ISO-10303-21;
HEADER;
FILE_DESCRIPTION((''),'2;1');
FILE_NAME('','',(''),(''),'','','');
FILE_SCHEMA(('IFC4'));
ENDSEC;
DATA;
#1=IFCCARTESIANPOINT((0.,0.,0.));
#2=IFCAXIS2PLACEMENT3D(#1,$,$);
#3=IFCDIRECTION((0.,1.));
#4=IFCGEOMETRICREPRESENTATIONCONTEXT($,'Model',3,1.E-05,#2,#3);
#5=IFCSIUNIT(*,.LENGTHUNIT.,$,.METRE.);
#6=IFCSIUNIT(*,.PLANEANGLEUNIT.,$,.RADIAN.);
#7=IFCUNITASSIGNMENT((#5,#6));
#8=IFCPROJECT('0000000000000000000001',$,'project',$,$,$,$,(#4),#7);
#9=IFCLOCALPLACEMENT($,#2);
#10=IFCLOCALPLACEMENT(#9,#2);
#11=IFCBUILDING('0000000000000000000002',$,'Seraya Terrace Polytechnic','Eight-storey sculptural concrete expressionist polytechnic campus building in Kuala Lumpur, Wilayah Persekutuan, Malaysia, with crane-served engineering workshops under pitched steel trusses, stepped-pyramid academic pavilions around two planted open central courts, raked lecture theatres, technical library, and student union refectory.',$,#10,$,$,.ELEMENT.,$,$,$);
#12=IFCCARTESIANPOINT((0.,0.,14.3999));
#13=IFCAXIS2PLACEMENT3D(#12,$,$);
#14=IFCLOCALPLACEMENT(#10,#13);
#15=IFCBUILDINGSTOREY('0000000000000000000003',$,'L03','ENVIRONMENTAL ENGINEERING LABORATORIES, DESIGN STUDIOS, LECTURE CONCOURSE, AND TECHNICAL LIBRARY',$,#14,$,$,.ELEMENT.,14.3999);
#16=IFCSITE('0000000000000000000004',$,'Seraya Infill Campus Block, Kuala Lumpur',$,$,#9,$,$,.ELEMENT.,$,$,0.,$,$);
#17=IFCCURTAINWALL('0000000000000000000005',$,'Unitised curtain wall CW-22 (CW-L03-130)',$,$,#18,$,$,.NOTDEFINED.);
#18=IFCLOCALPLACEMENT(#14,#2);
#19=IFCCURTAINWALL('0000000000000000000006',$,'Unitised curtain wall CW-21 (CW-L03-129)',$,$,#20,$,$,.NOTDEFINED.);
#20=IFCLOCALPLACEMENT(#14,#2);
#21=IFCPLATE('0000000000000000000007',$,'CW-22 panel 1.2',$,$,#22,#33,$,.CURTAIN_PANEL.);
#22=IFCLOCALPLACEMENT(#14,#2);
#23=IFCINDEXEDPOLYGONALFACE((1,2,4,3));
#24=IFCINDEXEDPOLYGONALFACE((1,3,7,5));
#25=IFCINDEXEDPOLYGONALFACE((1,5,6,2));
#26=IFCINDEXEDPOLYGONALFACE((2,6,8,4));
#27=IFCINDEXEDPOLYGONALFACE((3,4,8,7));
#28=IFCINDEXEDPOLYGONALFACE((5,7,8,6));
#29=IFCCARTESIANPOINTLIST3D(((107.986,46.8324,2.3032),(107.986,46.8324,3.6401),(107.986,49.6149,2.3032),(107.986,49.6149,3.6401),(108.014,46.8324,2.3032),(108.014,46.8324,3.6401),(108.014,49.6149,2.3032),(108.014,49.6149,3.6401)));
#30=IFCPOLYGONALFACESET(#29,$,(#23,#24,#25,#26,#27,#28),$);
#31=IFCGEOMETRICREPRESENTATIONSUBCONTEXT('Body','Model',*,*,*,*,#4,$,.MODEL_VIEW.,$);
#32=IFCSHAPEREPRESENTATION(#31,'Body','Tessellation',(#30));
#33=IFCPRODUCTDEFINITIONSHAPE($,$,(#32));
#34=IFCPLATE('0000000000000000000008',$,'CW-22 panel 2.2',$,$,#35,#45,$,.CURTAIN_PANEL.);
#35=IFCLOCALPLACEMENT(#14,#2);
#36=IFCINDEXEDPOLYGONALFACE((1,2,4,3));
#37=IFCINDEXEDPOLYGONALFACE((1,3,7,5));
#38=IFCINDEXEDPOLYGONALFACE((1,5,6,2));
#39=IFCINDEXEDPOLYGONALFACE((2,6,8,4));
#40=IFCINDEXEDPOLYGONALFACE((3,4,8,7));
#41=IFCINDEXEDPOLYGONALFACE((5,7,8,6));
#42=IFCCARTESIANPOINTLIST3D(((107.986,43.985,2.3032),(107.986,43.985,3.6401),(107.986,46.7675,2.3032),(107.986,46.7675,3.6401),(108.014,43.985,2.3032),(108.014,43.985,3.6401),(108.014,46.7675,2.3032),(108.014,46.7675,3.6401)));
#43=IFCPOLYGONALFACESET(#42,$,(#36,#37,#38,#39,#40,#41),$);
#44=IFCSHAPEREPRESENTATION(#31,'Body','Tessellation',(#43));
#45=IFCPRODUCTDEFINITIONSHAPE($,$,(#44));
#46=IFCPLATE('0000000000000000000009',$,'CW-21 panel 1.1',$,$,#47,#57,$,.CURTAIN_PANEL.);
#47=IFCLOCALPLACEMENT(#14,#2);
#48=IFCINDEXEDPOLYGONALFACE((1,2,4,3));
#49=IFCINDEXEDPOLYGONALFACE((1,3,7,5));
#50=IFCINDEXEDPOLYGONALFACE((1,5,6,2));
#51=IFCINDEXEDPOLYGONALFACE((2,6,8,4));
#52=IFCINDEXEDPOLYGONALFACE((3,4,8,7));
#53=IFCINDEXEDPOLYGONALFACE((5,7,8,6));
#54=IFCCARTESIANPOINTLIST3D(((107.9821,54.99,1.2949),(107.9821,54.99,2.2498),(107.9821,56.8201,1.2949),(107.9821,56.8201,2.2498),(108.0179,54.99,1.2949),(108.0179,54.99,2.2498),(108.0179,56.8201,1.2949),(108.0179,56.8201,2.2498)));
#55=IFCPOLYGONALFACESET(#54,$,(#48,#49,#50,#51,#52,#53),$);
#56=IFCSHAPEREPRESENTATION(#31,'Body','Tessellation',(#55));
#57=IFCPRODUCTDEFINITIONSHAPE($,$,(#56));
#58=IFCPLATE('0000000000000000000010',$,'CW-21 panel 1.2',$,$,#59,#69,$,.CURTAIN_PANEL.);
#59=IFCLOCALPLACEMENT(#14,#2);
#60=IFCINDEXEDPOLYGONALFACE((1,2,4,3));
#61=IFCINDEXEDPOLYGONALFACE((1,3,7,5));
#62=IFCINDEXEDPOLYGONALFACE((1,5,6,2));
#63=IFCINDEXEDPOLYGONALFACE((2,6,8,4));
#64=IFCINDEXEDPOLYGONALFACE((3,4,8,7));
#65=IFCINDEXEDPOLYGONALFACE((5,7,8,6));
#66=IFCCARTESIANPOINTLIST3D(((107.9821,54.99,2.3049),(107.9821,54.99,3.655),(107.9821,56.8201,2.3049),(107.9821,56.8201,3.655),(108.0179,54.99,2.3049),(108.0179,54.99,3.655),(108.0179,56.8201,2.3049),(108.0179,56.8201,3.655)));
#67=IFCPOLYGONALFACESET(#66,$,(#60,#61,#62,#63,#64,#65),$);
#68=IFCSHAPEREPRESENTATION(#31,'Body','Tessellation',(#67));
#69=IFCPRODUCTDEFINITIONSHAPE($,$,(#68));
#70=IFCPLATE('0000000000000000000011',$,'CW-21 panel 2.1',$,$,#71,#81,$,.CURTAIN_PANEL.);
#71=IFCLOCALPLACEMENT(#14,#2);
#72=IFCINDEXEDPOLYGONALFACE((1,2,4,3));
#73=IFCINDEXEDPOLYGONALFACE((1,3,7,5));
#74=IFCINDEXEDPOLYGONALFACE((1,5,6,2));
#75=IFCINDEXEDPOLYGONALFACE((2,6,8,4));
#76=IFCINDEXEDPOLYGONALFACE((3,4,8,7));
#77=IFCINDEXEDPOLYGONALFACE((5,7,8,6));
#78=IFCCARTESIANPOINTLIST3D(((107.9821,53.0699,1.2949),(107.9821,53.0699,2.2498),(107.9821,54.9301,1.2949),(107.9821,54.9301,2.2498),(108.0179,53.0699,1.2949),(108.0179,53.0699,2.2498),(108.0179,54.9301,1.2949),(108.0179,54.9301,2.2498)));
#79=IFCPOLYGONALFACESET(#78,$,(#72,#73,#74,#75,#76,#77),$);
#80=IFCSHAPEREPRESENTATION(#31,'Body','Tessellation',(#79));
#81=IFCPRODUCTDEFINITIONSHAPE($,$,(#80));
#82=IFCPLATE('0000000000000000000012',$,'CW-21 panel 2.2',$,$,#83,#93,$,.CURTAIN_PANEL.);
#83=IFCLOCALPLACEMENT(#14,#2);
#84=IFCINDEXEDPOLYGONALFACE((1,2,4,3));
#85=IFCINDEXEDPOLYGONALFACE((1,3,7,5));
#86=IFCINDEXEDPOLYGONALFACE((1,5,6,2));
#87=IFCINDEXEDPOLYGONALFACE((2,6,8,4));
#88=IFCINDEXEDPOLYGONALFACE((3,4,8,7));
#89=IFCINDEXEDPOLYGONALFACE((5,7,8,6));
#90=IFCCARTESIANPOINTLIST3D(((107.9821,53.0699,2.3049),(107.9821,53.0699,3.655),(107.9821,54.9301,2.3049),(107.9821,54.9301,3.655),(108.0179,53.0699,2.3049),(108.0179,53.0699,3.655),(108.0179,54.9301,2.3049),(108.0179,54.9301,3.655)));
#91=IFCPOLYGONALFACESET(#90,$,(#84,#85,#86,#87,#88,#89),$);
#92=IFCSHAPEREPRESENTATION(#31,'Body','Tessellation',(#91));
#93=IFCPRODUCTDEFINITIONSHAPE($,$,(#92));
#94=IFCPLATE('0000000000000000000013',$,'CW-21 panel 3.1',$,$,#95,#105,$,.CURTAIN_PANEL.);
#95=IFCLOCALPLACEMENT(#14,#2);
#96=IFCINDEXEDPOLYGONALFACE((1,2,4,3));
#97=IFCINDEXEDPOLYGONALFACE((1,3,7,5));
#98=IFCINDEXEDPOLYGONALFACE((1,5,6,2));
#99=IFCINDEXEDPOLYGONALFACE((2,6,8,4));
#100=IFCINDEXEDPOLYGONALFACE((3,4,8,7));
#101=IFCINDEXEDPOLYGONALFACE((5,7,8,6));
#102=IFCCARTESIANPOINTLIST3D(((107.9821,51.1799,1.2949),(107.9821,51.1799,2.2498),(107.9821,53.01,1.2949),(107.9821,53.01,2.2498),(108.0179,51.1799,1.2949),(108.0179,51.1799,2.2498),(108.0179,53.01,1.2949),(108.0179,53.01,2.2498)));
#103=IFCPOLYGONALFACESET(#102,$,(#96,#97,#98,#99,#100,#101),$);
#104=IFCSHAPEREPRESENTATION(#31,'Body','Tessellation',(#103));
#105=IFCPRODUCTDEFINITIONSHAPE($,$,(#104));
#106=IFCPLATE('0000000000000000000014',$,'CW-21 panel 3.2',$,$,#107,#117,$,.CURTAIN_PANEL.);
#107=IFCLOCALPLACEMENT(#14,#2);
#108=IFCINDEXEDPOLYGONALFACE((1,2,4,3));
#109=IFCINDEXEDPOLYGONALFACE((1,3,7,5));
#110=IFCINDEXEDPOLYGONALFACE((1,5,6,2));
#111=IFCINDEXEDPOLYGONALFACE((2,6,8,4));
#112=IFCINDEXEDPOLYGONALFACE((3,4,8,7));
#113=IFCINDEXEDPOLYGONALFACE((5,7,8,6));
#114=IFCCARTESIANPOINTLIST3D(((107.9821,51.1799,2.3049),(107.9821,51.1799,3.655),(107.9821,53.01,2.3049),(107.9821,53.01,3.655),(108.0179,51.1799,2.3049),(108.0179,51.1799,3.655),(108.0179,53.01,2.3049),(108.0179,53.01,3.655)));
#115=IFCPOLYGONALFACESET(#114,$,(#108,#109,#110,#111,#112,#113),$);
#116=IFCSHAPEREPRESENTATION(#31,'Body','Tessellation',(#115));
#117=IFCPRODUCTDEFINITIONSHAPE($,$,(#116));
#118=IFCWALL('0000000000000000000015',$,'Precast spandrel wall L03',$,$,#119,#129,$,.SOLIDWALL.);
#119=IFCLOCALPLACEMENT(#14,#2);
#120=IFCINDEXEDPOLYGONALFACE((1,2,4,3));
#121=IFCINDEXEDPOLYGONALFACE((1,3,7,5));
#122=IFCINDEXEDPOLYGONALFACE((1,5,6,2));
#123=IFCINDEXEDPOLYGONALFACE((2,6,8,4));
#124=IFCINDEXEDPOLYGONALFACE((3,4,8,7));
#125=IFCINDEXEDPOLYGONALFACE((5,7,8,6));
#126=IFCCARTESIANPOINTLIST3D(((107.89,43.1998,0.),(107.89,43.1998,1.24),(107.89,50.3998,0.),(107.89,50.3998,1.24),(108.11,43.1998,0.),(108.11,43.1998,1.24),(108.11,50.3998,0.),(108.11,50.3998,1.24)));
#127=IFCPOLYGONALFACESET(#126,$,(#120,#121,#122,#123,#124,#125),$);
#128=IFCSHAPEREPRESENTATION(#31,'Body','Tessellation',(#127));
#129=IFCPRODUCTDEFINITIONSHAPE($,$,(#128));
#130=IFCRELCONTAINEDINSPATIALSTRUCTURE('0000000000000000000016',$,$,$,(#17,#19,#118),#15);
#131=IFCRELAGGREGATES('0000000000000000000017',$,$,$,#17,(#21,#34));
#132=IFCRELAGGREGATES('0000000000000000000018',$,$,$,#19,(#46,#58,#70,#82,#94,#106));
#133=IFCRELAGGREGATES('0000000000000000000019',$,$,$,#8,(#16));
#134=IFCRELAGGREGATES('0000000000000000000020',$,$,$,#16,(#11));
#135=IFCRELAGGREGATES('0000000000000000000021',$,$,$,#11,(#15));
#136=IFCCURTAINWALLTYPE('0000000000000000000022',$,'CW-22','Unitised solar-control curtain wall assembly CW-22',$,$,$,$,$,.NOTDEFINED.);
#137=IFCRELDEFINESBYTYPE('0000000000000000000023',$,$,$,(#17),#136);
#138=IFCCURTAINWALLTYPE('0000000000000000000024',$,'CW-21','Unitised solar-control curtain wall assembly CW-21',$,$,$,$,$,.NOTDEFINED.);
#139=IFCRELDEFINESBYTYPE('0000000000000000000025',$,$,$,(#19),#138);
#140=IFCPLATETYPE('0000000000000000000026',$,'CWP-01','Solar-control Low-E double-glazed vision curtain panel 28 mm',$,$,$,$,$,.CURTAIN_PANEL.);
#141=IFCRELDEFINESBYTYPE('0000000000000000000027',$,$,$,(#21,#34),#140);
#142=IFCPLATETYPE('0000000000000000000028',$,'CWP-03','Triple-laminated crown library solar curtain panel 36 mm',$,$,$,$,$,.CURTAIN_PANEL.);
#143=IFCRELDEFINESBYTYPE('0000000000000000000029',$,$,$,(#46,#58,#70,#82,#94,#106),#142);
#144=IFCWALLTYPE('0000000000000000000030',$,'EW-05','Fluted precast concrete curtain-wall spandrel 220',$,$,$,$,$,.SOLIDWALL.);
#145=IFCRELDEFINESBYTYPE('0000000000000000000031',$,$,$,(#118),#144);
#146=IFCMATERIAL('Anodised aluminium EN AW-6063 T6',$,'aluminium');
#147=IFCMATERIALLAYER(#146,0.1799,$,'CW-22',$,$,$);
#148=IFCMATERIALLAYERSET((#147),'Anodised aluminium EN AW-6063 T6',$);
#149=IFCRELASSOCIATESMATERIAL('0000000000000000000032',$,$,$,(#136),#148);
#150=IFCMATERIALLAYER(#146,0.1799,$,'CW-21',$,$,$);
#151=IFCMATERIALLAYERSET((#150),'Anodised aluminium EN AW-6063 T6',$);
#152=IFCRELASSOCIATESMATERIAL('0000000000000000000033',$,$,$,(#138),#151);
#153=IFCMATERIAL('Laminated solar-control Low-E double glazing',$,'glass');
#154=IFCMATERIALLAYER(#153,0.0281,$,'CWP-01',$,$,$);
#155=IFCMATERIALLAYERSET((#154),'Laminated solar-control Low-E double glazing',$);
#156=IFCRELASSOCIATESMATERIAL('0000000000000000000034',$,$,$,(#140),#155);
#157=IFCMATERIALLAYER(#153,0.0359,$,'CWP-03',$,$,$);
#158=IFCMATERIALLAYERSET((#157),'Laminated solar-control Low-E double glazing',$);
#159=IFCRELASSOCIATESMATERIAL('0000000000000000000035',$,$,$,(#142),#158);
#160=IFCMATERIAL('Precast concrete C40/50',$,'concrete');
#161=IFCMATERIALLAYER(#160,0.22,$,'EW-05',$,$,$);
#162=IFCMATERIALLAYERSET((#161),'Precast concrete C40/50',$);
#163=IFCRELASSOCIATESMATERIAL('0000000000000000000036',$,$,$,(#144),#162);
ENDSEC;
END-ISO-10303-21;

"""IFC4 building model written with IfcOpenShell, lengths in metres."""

from ifc_helpers import new_model, si_unit, direction, frame, frame_2d, origin, origin_2d, place, context, subcontext, project, spatial, rectangle, extrude, material, layer, layer_set, type_object, element, aggregate, save


model = new_model("IFC4")

# Units and contexts
model_context = context("Model", 3, precision=1e-05, world=origin(), true_north=direction((0.0, 1.0)))
body_context = subcontext(model_context, "Body", "Model", "MODEL_VIEW")
ifc_project = project(units=[si_unit("LENGTHUNIT", "METRE"), si_unit("PLANEANGLEUNIT", "RADIAN")], contexts=[model_context])

# Site, building, storey
site_placement = place(None, origin())
site = spatial("IfcSite", under=ifc_project, at=site_placement, Name="Seraya Infill Campus Block, Kuala Lumpur", CompositionType="ELEMENT", RefElevation=0.0)
building_placement = place(site_placement, origin())
building = spatial("IfcBuilding", under=site, at=building_placement, Name="Seraya Terrace Polytechnic", Description="Eight-storey sculptural concrete expressionist polytechnic campus building in Kuala Lumpur, Wilayah Persekutuan, Malaysia, with crane-served engineering workshops under pitched steel trusses, stepped-pyramid academic pavilions around two planted open central courts, raked lecture theatres, technical library, and student union refectory.", CompositionType="ELEMENT")
storey_placement = place(building_placement, frame((0.0, 0.0, 14.3999)))
storey = spatial("IfcBuildingStorey", under=building, at=storey_placement, Name="L03", Description="ENVIRONMENTAL ENGINEERING LABORATORIES, DESIGN STUDIOS, LECTURE CONCOURSE, AND TECHNICAL LIBRARY", CompositionType="ELEMENT", Elevation=14.3999)

# Curtain walls
ifc_material_1 = material(Name="Anodised aluminium EN AW-6063 T6", Category="aluminium")
ifc_layer_1 = layer(ifc_material_1, 0.1799, Name="CW-22")
ifc_layer_set_1 = layer_set([ifc_layer_1], Name="Anodised aluminium EN AW-6063 T6")
curtain_wall_type_1 = type_object("IfcCurtainWallType", Name="CW-22", Description="Unitised solar-control curtain wall assembly CW-22", PredefinedType="NOTDEFINED", material=ifc_layer_set_1)
curtain_wall_1_placement = place(storey_placement, origin())
curtain_wall_1 = element("IfcCurtainWall", 1, at=curtain_wall_1_placement, inside=storey, type_object=curtain_wall_type_1, Name="Unitised curtain wall CW-22 (CW-L03-130)", PredefinedType="NOTDEFINED")
ifc_layer_2 = layer(ifc_material_1, 0.1799, Name="CW-21")
ifc_layer_set_2 = layer_set([ifc_layer_2], Name="Anodised aluminium EN AW-6063 T6")
curtain_wall_type_2 = type_object("IfcCurtainWallType", Name="CW-21", Description="Unitised solar-control curtain wall assembly CW-21", PredefinedType="NOTDEFINED", material=ifc_layer_set_2)
curtain_wall_2_placement = place(storey_placement, origin())
curtain_wall_2 = element("IfcCurtainWall", 2, at=curtain_wall_2_placement, inside=storey, type_object=curtain_wall_type_2, Name="Unitised curtain wall CW-21 (CW-L03-129)", PredefinedType="NOTDEFINED")

# Plates
ifc_material_2 = material(Name="Laminated solar-control Low-E double glazing", Category="glass")
ifc_layer_3 = layer(ifc_material_2, 0.0281, Name="CWP-01")
ifc_layer_set_3 = layer_set([ifc_layer_3], Name="Laminated solar-control Low-E double glazing")
plate_type_1 = type_object("IfcPlateType", Name="CWP-01", Description="Solar-control Low-E double-glazed vision curtain panel 28 mm", PredefinedType="CURTAIN_PANEL", material=ifc_layer_set_3)
plate_1_placement = place(storey_placement, frame((108.0, 48.2236, 2.3032), z_axis=(0.0, 0.0, 1.0), x_axis=(0.0, -1.0, 0.0)))
plate_1 = element("IfcPlate", 3, at=plate_1_placement, type_object=plate_type_1, Name="CW-22 panel 1.2", PredefinedType="CURTAIN_PANEL", context=body_context, shape_type="SweptSolid", body=[
    extrude(rectangle(XDim=2.7825, YDim=0.0281, at=origin_2d()), origin(), (0.0, 0.0, 1.0), 1.3369),
])
plate_2_placement = place(storey_placement, frame((108.0, 45.3762, 2.3032), z_axis=(0.0, 0.0, 1.0), x_axis=(0.0, -1.0, 0.0)))
plate_2 = element("IfcPlate", 4, at=plate_2_placement, type_object=plate_type_1, Name="CW-22 panel 2.2", PredefinedType="CURTAIN_PANEL", context=body_context, shape_type="SweptSolid", body=[
    extrude(rectangle(XDim=2.7825, YDim=0.0281, at=origin_2d()), origin(), (0.0, 0.0, 1.0), 1.3369),
])
aggregate(curtain_wall_1, [plate_1, plate_2])
ifc_layer_4 = layer(ifc_material_2, 0.0359, Name="CWP-03")
ifc_layer_set_4 = layer_set([ifc_layer_4], Name="Laminated solar-control Low-E double glazing")
plate_type_2 = type_object("IfcPlateType", Name="CWP-03", Description="Triple-laminated crown library solar curtain panel 36 mm", PredefinedType="CURTAIN_PANEL", material=ifc_layer_set_4)
plate_3_placement = place(storey_placement, frame((108.0, 55.905, 1.2949), z_axis=(0.0, 0.0, 1.0), x_axis=(0.0, -1.0, 0.0)))
plate_3 = element("IfcPlate", 5, at=plate_3_placement, type_object=plate_type_2, Name="CW-21 panel 1.1", PredefinedType="CURTAIN_PANEL", context=body_context, shape_type="SweptSolid", body=[
    extrude(rectangle(XDim=1.8301, YDim=0.0359, at=origin_2d()), origin(), (0.0, 0.0, 1.0), 0.9548),
])
plate_4_placement = place(storey_placement, frame((108.0, 55.905, 2.3049), z_axis=(0.0, 0.0, 1.0), x_axis=(0.0, -1.0, 0.0)))
plate_4 = element("IfcPlate", 6, at=plate_4_placement, type_object=plate_type_2, Name="CW-21 panel 1.2", PredefinedType="CURTAIN_PANEL", context=body_context, shape_type="SweptSolid", body=[
    extrude(rectangle(XDim=1.8301, YDim=0.0359, at=origin_2d()), origin(), (0.0, 0.0, 1.0), 1.3501),
])
plate_5_placement = place(storey_placement, frame((108.0, 54.0, 1.2949), z_axis=(0.0, 0.0, 1.0), x_axis=(0.0, -1.0, 0.0)))
plate_5 = element("IfcPlate", 7, at=plate_5_placement, type_object=plate_type_2, Name="CW-21 panel 2.1", PredefinedType="CURTAIN_PANEL", context=body_context, shape_type="SweptSolid", body=[
    extrude(rectangle(XDim=1.8601, YDim=0.0359, at=origin_2d()), origin(), (0.0, 0.0, 1.0), 0.9548),
])
plate_6_placement = place(storey_placement, frame((108.0, 54.0, 2.3049), z_axis=(0.0, 0.0, 1.0), x_axis=(0.0, -1.0, 0.0)))
plate_6 = element("IfcPlate", 8, at=plate_6_placement, type_object=plate_type_2, Name="CW-21 panel 2.2", PredefinedType="CURTAIN_PANEL", context=body_context, shape_type="SweptSolid", body=[
    extrude(rectangle(XDim=1.8601, YDim=0.0359, at=origin_2d()), origin(), (0.0, 0.0, 1.0), 1.3501),
])
plate_7_placement = place(storey_placement, frame((108.0, 52.095, 1.2949), z_axis=(0.0, 0.0, 1.0), x_axis=(0.0, -1.0, 0.0)))
plate_7 = element("IfcPlate", 9, at=plate_7_placement, type_object=plate_type_2, Name="CW-21 panel 3.1", PredefinedType="CURTAIN_PANEL", context=body_context, shape_type="SweptSolid", body=[
    extrude(rectangle(XDim=1.8301, YDim=0.0359, at=origin_2d()), origin(), (0.0, 0.0, 1.0), 0.9548),
])
plate_8_placement = place(storey_placement, frame((108.0, 52.095, 2.3049), z_axis=(0.0, 0.0, 1.0), x_axis=(0.0, -1.0, 0.0)))
plate_8 = element("IfcPlate", 10, at=plate_8_placement, type_object=plate_type_2, Name="CW-21 panel 3.2", PredefinedType="CURTAIN_PANEL", context=body_context, shape_type="SweptSolid", body=[
    extrude(rectangle(XDim=1.8301, YDim=0.0359, at=origin_2d()), origin(), (0.0, 0.0, 1.0), 1.3501),
])
aggregate(curtain_wall_2, [plate_3, plate_4, plate_5, plate_6, plate_7, plate_8])

# Wall
ifc_material_3 = material(Name="Precast concrete C40/50", Category="concrete")
ifc_layer_5 = layer(ifc_material_3, 0.22, Name="EW-05")
ifc_layer_set_5 = layer_set([ifc_layer_5], Name="Precast concrete C40/50")
wall_type = type_object("IfcWallType", Name="EW-05", Description="Fluted precast concrete curtain-wall spandrel 220", PredefinedType="SOLIDWALL", material=ifc_layer_set_5)
wall_placement = place(storey_placement, frame((108.0, 50.3999, 0.0), z_axis=(0.0, 0.0, 1.0), x_axis=(0.0, -1.0, 0.0)))
element("IfcWall", 11, at=wall_placement, inside=storey, type_object=wall_type, Name="Precast spandrel wall L03", PredefinedType="SOLIDWALL", context=body_context, shape_type="SweptSolid", body=[
    extrude(rectangle(XDim=7.2, YDim=0.22, at=frame_2d((3.6001, 0.0))), origin(), (0.0, 0.0, 1.0), 1.24),
])

save(model, "model.ifc")
